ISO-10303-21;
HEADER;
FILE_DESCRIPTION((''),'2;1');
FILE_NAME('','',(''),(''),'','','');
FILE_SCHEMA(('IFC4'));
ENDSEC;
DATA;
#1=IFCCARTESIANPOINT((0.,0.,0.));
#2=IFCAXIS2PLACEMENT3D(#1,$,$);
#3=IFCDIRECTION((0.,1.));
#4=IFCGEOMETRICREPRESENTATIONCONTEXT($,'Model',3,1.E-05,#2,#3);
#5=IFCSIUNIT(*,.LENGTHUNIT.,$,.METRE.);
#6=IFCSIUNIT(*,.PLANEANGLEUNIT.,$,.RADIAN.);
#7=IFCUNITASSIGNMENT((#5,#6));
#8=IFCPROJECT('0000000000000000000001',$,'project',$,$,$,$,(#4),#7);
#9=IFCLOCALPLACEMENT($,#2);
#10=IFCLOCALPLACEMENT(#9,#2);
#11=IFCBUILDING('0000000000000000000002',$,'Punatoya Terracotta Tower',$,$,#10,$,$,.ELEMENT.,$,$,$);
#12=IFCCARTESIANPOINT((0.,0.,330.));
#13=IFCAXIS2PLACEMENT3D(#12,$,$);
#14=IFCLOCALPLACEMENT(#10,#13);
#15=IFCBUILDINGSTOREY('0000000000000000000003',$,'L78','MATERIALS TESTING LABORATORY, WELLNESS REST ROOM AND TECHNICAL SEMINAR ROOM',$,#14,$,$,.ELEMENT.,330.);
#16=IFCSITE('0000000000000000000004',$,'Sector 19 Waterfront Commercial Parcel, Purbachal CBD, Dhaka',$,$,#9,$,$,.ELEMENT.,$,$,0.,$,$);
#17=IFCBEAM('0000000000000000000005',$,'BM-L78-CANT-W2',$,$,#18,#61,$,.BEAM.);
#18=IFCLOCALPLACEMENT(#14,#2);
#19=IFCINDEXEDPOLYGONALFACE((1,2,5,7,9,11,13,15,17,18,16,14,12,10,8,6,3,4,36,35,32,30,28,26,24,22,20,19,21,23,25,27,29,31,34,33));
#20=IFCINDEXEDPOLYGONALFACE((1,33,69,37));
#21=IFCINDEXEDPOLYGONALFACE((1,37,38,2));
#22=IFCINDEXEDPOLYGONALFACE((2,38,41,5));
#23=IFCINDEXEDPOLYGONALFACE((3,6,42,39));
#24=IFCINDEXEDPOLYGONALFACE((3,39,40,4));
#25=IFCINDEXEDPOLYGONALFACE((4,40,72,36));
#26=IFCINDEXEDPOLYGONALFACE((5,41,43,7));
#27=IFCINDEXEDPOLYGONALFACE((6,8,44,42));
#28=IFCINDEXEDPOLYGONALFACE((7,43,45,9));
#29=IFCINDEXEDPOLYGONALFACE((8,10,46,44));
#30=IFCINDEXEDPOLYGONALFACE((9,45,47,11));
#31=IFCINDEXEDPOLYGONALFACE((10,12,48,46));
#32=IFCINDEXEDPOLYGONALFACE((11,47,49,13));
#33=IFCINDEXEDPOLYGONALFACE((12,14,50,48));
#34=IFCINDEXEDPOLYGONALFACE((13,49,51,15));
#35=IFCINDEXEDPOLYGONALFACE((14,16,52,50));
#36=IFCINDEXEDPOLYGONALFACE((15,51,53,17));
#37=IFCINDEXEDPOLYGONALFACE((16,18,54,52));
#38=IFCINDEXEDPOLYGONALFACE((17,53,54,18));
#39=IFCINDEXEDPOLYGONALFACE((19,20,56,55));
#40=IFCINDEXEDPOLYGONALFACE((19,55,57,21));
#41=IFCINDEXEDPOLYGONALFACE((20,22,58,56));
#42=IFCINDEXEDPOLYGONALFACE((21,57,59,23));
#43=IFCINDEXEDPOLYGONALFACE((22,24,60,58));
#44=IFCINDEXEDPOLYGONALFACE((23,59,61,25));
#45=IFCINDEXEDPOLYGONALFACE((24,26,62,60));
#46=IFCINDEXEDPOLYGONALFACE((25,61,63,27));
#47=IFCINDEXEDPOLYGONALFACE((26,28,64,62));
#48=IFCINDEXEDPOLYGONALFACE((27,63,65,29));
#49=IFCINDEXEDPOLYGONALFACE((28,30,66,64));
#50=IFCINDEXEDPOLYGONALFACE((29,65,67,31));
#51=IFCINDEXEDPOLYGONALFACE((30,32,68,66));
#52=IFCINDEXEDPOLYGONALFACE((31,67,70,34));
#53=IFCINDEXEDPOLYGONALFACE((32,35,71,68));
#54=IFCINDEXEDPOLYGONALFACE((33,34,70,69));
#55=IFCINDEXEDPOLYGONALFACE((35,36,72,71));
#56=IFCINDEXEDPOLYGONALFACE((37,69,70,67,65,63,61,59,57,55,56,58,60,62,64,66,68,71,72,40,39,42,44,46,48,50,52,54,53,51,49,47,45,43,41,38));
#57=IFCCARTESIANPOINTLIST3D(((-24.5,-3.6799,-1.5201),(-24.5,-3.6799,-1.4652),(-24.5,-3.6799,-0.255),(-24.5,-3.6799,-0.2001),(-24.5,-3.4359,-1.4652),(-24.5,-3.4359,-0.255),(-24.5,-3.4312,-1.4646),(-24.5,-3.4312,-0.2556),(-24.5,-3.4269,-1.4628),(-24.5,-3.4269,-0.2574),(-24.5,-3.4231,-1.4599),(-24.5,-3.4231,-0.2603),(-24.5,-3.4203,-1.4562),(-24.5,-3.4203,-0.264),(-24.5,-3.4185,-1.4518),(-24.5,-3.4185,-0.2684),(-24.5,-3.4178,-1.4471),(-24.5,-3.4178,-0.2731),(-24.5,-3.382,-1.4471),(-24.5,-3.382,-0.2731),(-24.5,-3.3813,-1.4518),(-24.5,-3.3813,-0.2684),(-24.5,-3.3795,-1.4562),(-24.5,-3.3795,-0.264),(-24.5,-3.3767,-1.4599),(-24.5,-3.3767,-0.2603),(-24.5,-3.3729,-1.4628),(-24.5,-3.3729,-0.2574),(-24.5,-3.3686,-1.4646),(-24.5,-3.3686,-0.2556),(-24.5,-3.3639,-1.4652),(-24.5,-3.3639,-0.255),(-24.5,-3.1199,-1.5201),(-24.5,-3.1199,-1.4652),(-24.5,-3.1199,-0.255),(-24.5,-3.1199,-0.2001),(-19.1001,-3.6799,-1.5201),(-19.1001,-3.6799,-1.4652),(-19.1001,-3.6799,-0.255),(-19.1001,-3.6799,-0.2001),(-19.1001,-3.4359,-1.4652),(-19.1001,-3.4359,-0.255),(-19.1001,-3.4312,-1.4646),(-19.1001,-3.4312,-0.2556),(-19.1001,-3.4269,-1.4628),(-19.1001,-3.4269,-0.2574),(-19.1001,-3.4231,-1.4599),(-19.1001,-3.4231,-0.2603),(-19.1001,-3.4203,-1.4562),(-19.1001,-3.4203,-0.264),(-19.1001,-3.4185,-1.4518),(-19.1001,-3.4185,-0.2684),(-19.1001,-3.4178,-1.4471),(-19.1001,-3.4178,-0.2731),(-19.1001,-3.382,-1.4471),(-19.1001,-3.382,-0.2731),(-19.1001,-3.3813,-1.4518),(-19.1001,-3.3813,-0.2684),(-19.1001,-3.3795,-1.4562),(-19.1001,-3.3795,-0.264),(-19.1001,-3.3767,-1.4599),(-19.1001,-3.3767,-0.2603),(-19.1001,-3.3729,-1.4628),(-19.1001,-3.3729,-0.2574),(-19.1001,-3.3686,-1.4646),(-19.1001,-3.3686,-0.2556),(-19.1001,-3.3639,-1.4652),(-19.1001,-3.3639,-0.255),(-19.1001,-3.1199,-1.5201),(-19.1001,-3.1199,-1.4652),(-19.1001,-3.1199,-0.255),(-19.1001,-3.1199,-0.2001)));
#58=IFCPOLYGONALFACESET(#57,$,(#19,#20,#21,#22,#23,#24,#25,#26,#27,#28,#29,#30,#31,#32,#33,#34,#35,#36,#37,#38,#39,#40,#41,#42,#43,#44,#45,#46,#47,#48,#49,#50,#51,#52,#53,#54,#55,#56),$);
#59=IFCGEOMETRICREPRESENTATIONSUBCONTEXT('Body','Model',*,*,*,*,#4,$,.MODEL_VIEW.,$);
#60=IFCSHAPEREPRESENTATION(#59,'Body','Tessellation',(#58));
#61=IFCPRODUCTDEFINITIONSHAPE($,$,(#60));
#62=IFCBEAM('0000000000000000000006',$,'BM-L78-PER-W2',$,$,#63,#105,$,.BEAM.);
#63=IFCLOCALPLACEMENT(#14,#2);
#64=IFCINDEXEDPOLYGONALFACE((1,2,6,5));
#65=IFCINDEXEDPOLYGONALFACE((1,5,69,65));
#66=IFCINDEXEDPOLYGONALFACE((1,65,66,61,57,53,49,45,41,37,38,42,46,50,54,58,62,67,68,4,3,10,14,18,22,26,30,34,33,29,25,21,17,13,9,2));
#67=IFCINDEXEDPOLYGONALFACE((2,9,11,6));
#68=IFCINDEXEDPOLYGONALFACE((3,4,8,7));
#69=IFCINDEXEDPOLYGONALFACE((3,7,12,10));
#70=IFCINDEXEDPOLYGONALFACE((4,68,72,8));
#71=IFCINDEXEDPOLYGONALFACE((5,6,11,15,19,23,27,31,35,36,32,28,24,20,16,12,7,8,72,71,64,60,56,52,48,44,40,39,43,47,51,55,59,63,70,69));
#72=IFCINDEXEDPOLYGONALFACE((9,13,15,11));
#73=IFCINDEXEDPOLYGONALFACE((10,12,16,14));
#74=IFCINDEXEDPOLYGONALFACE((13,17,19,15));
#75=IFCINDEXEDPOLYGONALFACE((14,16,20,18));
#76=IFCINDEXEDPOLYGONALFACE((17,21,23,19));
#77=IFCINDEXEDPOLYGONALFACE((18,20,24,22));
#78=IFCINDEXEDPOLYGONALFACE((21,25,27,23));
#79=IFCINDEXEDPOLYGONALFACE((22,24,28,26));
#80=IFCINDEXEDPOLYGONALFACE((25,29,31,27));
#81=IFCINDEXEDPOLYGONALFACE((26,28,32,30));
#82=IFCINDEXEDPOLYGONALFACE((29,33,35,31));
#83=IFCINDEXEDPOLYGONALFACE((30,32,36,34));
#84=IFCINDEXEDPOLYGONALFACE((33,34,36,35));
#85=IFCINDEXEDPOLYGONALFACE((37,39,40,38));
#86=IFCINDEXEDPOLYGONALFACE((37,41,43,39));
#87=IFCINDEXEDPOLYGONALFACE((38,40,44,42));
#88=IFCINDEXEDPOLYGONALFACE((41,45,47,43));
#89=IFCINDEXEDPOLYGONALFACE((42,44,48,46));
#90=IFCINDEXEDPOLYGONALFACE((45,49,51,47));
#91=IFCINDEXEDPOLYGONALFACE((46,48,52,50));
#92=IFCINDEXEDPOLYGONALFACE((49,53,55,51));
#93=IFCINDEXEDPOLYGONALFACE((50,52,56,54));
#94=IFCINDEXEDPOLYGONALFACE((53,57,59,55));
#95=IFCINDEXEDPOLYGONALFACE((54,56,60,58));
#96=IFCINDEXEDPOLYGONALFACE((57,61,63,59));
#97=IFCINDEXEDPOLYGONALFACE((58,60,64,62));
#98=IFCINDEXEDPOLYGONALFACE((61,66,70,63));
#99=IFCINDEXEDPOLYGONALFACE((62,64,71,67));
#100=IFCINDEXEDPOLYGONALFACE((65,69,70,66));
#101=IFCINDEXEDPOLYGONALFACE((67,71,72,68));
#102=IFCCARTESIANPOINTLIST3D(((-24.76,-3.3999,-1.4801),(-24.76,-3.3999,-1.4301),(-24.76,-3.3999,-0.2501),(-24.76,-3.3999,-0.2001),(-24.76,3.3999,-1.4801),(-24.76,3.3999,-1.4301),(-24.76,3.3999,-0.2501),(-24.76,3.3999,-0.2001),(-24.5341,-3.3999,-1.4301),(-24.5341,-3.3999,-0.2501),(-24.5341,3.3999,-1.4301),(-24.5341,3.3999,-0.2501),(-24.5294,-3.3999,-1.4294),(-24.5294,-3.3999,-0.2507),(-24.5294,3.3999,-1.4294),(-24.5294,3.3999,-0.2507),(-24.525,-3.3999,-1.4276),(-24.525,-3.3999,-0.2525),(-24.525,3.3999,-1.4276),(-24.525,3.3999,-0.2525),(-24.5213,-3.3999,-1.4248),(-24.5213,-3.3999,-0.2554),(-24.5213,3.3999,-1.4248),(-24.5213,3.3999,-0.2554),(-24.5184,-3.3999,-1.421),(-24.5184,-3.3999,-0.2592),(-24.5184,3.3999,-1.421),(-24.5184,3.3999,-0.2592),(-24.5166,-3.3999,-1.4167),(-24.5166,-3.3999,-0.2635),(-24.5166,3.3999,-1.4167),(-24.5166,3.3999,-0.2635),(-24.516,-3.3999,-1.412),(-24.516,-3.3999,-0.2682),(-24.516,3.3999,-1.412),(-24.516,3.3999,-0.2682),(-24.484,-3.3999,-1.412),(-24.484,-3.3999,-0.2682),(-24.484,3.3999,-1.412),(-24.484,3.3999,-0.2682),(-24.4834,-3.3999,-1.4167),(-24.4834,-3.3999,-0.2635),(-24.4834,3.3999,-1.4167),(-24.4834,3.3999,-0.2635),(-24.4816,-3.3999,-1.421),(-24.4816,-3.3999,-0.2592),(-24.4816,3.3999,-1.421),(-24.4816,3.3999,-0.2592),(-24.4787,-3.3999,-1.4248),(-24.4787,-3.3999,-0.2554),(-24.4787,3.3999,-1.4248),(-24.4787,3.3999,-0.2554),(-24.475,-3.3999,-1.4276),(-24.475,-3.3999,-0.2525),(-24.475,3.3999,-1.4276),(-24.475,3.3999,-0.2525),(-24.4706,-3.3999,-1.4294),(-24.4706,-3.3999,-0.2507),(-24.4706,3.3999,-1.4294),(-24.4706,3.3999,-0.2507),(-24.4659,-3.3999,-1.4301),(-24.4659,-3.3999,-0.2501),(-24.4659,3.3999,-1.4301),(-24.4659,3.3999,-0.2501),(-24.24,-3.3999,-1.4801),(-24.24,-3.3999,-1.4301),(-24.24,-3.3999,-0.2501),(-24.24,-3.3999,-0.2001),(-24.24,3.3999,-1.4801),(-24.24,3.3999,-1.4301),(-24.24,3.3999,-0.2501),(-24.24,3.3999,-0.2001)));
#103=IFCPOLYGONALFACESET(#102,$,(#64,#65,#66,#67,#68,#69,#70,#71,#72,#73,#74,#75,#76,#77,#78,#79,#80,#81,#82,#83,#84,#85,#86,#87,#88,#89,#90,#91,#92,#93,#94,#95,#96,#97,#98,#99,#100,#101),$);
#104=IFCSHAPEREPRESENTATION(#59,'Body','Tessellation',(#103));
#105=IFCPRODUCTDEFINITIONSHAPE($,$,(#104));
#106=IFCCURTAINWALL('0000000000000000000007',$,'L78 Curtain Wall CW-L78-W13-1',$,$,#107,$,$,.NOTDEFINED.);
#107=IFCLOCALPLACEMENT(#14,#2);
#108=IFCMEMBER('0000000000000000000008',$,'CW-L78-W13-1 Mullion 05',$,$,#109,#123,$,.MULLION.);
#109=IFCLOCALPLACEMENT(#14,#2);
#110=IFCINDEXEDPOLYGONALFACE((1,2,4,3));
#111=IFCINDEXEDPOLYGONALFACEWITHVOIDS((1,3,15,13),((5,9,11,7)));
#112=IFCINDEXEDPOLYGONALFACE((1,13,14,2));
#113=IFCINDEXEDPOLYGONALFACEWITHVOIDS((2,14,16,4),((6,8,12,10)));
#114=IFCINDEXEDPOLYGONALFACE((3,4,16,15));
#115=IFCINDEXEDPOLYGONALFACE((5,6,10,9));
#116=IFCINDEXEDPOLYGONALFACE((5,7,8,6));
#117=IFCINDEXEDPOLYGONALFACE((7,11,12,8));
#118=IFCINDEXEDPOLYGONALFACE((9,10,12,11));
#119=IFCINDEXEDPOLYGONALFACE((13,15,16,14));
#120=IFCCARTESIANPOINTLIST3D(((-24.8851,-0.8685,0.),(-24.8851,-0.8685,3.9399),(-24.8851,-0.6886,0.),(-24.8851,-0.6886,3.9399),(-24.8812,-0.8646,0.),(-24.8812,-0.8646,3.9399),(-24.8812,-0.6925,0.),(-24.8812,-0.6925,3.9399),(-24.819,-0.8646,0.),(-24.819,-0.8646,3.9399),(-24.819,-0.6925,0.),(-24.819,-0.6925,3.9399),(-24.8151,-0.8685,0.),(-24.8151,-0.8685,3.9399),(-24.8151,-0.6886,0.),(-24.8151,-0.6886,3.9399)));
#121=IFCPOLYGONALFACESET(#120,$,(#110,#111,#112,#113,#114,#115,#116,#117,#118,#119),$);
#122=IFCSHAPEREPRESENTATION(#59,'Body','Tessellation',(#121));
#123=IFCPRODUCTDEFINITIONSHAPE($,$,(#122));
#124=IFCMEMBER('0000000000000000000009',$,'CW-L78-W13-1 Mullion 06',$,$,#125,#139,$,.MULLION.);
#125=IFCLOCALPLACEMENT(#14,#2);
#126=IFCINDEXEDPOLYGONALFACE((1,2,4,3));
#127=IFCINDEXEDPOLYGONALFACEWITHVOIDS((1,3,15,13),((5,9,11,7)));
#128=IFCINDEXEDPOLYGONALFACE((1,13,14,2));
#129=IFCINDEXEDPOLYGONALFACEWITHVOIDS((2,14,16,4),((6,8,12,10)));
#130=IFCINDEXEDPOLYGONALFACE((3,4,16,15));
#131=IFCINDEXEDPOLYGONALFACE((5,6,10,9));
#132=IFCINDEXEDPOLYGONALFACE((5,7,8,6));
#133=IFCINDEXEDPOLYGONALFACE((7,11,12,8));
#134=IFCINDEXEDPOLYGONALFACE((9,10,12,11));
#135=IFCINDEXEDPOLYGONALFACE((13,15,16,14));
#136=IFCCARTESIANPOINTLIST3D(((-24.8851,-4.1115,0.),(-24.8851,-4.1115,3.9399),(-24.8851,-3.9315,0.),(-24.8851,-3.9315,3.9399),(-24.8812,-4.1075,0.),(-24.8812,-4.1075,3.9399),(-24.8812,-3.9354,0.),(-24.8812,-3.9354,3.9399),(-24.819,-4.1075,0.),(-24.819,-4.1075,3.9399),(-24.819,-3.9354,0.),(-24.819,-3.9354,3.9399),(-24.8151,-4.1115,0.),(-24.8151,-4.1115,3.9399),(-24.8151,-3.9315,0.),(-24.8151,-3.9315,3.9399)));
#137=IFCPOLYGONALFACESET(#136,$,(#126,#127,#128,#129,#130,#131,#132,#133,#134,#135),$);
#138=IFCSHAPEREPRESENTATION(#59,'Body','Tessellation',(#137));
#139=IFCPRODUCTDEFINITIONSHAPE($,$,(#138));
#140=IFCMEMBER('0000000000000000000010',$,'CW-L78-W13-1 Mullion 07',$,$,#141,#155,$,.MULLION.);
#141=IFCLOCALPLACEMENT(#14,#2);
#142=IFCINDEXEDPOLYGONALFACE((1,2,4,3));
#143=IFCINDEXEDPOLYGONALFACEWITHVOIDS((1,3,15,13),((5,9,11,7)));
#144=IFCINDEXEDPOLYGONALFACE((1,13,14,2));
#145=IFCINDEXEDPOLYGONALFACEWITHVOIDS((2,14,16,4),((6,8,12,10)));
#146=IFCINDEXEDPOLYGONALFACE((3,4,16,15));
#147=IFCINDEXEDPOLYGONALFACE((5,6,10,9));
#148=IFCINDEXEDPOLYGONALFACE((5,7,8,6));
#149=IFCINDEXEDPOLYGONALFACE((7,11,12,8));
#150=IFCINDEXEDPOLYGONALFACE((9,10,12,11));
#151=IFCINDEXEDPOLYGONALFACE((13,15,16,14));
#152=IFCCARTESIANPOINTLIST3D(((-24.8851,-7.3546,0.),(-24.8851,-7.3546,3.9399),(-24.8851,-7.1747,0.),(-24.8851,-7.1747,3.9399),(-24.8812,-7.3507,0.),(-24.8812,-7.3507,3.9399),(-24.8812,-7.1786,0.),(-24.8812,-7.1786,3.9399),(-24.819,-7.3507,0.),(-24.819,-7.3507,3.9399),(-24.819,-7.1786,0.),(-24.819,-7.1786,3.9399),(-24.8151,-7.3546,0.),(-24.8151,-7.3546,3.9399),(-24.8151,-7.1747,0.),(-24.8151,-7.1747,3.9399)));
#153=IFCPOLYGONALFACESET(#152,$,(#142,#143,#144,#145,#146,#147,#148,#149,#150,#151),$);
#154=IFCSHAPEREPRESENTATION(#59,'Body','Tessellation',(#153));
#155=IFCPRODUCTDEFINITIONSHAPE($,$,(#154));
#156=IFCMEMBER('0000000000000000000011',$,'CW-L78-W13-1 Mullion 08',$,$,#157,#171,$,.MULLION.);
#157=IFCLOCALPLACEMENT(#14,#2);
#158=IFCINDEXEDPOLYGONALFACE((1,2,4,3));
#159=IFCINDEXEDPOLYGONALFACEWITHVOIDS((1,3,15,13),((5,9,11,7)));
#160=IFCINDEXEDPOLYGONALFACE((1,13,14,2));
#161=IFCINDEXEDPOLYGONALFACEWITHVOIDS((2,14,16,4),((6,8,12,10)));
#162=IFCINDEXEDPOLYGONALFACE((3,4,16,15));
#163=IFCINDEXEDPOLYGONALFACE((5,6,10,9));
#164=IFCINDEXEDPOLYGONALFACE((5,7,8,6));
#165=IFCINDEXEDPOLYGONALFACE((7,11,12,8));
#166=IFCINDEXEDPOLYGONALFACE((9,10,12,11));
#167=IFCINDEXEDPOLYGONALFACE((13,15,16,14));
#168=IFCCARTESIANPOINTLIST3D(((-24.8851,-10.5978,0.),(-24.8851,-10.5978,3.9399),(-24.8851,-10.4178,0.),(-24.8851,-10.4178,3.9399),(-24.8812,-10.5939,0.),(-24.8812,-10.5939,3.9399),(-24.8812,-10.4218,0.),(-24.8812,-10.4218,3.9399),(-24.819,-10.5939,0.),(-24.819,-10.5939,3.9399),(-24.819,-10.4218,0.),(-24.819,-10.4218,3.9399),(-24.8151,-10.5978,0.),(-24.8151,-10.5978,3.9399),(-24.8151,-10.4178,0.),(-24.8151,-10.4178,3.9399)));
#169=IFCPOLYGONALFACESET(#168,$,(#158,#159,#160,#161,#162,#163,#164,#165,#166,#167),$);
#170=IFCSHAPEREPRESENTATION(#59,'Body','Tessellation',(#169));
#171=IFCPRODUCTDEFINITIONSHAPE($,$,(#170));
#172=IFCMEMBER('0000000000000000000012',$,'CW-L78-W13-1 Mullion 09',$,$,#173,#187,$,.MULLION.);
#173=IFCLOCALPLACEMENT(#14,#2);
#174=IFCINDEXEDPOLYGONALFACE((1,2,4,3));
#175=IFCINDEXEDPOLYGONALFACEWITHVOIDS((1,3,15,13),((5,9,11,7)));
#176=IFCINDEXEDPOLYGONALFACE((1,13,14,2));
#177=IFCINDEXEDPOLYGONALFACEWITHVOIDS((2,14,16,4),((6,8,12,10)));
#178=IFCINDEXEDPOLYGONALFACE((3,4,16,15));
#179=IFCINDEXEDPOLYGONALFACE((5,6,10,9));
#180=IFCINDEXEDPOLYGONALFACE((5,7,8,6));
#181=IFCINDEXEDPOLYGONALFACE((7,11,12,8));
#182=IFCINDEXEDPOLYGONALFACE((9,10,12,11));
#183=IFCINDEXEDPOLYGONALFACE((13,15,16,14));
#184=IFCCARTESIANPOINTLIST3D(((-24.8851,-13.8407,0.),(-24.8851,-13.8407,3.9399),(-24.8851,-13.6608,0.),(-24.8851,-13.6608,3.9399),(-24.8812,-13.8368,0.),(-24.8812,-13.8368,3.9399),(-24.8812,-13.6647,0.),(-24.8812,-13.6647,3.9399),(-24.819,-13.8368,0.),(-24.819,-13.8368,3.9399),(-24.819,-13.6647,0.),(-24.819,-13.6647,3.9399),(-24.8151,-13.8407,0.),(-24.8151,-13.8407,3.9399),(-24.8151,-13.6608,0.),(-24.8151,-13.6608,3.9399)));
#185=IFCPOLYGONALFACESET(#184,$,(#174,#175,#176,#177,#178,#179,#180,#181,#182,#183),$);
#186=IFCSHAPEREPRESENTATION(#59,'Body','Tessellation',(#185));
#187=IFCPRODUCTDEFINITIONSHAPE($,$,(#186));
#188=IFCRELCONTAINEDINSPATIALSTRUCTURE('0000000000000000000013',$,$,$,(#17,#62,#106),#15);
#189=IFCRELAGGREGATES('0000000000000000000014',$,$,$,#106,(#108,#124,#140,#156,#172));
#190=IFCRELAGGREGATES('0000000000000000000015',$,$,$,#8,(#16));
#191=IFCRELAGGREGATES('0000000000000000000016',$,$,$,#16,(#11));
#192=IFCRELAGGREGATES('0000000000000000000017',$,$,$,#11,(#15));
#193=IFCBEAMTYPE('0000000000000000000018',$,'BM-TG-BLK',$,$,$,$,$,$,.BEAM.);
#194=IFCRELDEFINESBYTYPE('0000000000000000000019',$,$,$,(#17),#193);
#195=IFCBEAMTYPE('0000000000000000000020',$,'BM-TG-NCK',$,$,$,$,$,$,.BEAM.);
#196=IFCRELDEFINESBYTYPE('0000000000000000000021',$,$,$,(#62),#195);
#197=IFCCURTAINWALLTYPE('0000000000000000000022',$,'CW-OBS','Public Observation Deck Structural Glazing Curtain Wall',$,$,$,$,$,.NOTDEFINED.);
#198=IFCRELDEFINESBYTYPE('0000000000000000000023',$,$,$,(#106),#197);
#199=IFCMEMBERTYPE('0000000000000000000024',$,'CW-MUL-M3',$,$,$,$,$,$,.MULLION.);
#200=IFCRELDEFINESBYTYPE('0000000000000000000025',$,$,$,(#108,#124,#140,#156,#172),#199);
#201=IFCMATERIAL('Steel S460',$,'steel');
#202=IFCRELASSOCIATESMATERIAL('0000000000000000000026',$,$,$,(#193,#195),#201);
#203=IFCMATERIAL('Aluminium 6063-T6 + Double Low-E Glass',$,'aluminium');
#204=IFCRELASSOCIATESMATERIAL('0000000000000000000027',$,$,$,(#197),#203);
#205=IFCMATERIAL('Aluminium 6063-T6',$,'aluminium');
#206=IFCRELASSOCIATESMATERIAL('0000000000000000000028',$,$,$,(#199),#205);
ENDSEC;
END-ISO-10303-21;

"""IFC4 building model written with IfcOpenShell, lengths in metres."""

from ifc_helpers import new_model, si_unit, direction, frame, origin, origin_2d, place, context, subcontext, project, spatial, hollow_rectangle, i_section, extrude, material, material_profile, profile_set, type_object, element, aggregate, save


model = new_model("IFC4")

# Units and contexts
model_context = context("Model", 3, precision=1e-05, world=origin(), true_north=direction((0.0, 1.0)))
body_context = subcontext(model_context, "Body", "Model", "MODEL_VIEW")
ifc_project = project(units=[si_unit("LENGTHUNIT", "METRE"), si_unit("PLANEANGLEUNIT", "RADIAN")], contexts=[model_context])

# Site, building, storey
site_placement = place(None, origin())
site = spatial("IfcSite", under=ifc_project, at=site_placement, Name="Sector 19 Waterfront Commercial Parcel, Purbachal CBD, Dhaka", CompositionType="ELEMENT", RefElevation=0.0)
building_placement = place(site_placement, origin())
building = spatial("IfcBuilding", under=site, at=building_placement, Name="Punatoya Terracotta Tower", CompositionType="ELEMENT")
storey_placement = place(building_placement, frame((0.0, 0.0, 330.0)))
storey = spatial("IfcBuildingStorey", under=building, at=storey_placement, Name="L78", Description="MATERIALS TESTING LABORATORY, WELLNESS REST ROOM AND TECHNICAL SEMINAR ROOM", CompositionType="ELEMENT", Elevation=330.0)

# Shared definitions
ifc_material_1 = material(Name="Steel S460", Category="steel")

# Beams
ifc_material_profile_1 = material_profile(ifc_material_1, i_section(OverallWidth=0.5601, OverallDepth=1.3201, WebThickness=0.0359, FlangeThickness=0.0549, FilletRadius=0.0181, at=origin_2d()))
ifc_profile_set_1 = profile_set([ifc_material_profile_1], Name="Steel S460")
beam_type_1 = type_object("IfcBeamType", Name="BM-TG-BLK", PredefinedType="BEAM", material=ifc_profile_set_1)
beam_1_placement = place(storey_placement, frame((-24.5, -3.3999, -0.8601), z_axis=(1.0, 0.0, 0.0), x_axis=(0.0, 1.0, 0.0)))
element("IfcBeam", 1, at=beam_1_placement, inside=storey, type_object=beam_type_1, Name="BM-L78-CANT-W2", PredefinedType="BEAM", context=body_context, shape_type="SweptSolid", body=[
    extrude(i_section(OverallWidth=0.5601, OverallDepth=1.3201, WebThickness=0.0359, FlangeThickness=0.0549, FilletRadius=0.0181, at=origin_2d()), origin(), (0.0, 0.0, 1.0), 5.3999),
])
ifc_material_profile_2 = material_profile(ifc_material_1, i_section(OverallWidth=0.52, OverallDepth=1.28, WebThickness=0.032, FlangeThickness=0.05, FilletRadius=0.0181, at=origin_2d()))
ifc_profile_set_2 = profile_set([ifc_material_profile_2], Name="Steel S460")
beam_type_2 = type_object("IfcBeamType", Name="BM-TG-NCK", PredefinedType="BEAM", material=ifc_profile_set_2)
beam_2_placement = place(storey_placement, frame((-24.5, -3.3999, -0.8401), z_axis=(0.0, 1.0, 0.0), x_axis=(-1.0, 0.0, 0.0)))
element("IfcBeam", 2, at=beam_2_placement, inside=storey, type_object=beam_type_2, Name="BM-L78-PER-W2", PredefinedType="BEAM", context=body_context, shape_type="SweptSolid", body=[
    extrude(i_section(OverallWidth=0.52, OverallDepth=1.28, WebThickness=0.032, FlangeThickness=0.05, FilletRadius=0.0181, at=origin_2d()), origin(), (0.0, 0.0, 1.0), 6.7998),
])

# Curtain wall, members
ifc_material_2 = material(Name="Aluminium 6063-T6 + Double Low-E Glass", Category="aluminium")
curtain_wall_type = type_object("IfcCurtainWallType", Name="CW-OBS", Description="Public Observation Deck Structural Glazing Curtain Wall", PredefinedType="NOTDEFINED", material=ifc_material_2)
curtain_wall_placement = place(storey_placement, origin())
curtain_wall = element("IfcCurtainWall", 3, at=curtain_wall_placement, inside=storey, type_object=curtain_wall_type, Name="L78 Curtain Wall CW-L78-W13-1", PredefinedType="NOTDEFINED")
ifc_material_3 = material(Name="Aluminium 6063-T6", Category="aluminium")
ifc_material_profile_3 = material_profile(ifc_material_3, hollow_rectangle(XDim=0.0701, YDim=0.1799, WallThickness=0.0039, at=origin_2d()))
ifc_profile_set_3 = profile_set([ifc_material_profile_3], Name="Aluminium 6063-T6")
member_type = type_object("IfcMemberType", Name="CW-MUL-M3", PredefinedType="MULLION", material=ifc_profile_set_3)
member_1_placement = place(storey_placement, frame((-24.8501, -0.7786, 0.0), z_axis=(0.0, 0.0, 1.0), x_axis=(1.0, 0.0, 0.0)))
member_1 = element("IfcMember", 4, at=member_1_placement, type_object=member_type, Name="CW-L78-W13-1 Mullion 05", PredefinedType="MULLION", context=body_context, shape_type="SweptSolid", body=[
    extrude(hollow_rectangle(XDim=0.0701, YDim=0.1799, WallThickness=0.0039, at=origin_2d()), origin(), (0.0, 0.0, 1.0), 3.9399),
])
member_2_placement = place(storey_placement, frame((-24.8501, -4.0215, 0.0), z_axis=(0.0, 0.0, 1.0), x_axis=(1.0, 0.0, 0.0)))
member_2 = element("IfcMember", 5, at=member_2_placement, type_object=member_type, Name="CW-L78-W13-1 Mullion 06", PredefinedType="MULLION", context=body_context, shape_type="SweptSolid", body=[
    extrude(hollow_rectangle(XDim=0.0701, YDim=0.1799, WallThickness=0.0039, at=origin_2d()), origin(), (0.0, 0.0, 1.0), 3.9399),
])
member_3_placement = place(storey_placement, frame((-24.8501, -7.2646, 0.0), z_axis=(0.0, 0.0, 1.0), x_axis=(1.0, 0.0, 0.0)))
member_3 = element("IfcMember", 6, at=member_3_placement, type_object=member_type, Name="CW-L78-W13-1 Mullion 07", PredefinedType="MULLION", context=body_context, shape_type="SweptSolid", body=[
    extrude(hollow_rectangle(XDim=0.0701, YDim=0.1799, WallThickness=0.0039, at=origin_2d()), origin(), (0.0, 0.0, 1.0), 3.9399),
])
member_4_placement = place(storey_placement, frame((-24.8501, -10.5078, 0.0), z_axis=(0.0, 0.0, 1.0), x_axis=(1.0, 0.0, 0.0)))
member_4 = element("IfcMember", 7, at=member_4_placement, type_object=member_type, Name="CW-L78-W13-1 Mullion 08", PredefinedType="MULLION", context=body_context, shape_type="SweptSolid", body=[
    extrude(hollow_rectangle(XDim=0.0701, YDim=0.1799, WallThickness=0.0039, at=origin_2d()), origin(), (0.0, 0.0, 1.0), 3.9399),
])
member_5_placement = place(storey_placement, frame((-24.8501, -13.7507, 0.0), z_axis=(0.0, 0.0, 1.0), x_axis=(1.0, 0.0, 0.0)))
member_5 = element("IfcMember", 8, at=member_5_placement, type_object=member_type, Name="CW-L78-W13-1 Mullion 09", PredefinedType="MULLION", context=body_context, shape_type="SweptSolid", body=[
    extrude(hollow_rectangle(XDim=0.0701, YDim=0.1799, WallThickness=0.0039, at=origin_2d()), origin(), (0.0, 0.0, 1.0), 3.9399),
])
aggregate(curtain_wall, [member_1, member_2, member_3, member_4, member_5])

save(model, "model.ifc")
